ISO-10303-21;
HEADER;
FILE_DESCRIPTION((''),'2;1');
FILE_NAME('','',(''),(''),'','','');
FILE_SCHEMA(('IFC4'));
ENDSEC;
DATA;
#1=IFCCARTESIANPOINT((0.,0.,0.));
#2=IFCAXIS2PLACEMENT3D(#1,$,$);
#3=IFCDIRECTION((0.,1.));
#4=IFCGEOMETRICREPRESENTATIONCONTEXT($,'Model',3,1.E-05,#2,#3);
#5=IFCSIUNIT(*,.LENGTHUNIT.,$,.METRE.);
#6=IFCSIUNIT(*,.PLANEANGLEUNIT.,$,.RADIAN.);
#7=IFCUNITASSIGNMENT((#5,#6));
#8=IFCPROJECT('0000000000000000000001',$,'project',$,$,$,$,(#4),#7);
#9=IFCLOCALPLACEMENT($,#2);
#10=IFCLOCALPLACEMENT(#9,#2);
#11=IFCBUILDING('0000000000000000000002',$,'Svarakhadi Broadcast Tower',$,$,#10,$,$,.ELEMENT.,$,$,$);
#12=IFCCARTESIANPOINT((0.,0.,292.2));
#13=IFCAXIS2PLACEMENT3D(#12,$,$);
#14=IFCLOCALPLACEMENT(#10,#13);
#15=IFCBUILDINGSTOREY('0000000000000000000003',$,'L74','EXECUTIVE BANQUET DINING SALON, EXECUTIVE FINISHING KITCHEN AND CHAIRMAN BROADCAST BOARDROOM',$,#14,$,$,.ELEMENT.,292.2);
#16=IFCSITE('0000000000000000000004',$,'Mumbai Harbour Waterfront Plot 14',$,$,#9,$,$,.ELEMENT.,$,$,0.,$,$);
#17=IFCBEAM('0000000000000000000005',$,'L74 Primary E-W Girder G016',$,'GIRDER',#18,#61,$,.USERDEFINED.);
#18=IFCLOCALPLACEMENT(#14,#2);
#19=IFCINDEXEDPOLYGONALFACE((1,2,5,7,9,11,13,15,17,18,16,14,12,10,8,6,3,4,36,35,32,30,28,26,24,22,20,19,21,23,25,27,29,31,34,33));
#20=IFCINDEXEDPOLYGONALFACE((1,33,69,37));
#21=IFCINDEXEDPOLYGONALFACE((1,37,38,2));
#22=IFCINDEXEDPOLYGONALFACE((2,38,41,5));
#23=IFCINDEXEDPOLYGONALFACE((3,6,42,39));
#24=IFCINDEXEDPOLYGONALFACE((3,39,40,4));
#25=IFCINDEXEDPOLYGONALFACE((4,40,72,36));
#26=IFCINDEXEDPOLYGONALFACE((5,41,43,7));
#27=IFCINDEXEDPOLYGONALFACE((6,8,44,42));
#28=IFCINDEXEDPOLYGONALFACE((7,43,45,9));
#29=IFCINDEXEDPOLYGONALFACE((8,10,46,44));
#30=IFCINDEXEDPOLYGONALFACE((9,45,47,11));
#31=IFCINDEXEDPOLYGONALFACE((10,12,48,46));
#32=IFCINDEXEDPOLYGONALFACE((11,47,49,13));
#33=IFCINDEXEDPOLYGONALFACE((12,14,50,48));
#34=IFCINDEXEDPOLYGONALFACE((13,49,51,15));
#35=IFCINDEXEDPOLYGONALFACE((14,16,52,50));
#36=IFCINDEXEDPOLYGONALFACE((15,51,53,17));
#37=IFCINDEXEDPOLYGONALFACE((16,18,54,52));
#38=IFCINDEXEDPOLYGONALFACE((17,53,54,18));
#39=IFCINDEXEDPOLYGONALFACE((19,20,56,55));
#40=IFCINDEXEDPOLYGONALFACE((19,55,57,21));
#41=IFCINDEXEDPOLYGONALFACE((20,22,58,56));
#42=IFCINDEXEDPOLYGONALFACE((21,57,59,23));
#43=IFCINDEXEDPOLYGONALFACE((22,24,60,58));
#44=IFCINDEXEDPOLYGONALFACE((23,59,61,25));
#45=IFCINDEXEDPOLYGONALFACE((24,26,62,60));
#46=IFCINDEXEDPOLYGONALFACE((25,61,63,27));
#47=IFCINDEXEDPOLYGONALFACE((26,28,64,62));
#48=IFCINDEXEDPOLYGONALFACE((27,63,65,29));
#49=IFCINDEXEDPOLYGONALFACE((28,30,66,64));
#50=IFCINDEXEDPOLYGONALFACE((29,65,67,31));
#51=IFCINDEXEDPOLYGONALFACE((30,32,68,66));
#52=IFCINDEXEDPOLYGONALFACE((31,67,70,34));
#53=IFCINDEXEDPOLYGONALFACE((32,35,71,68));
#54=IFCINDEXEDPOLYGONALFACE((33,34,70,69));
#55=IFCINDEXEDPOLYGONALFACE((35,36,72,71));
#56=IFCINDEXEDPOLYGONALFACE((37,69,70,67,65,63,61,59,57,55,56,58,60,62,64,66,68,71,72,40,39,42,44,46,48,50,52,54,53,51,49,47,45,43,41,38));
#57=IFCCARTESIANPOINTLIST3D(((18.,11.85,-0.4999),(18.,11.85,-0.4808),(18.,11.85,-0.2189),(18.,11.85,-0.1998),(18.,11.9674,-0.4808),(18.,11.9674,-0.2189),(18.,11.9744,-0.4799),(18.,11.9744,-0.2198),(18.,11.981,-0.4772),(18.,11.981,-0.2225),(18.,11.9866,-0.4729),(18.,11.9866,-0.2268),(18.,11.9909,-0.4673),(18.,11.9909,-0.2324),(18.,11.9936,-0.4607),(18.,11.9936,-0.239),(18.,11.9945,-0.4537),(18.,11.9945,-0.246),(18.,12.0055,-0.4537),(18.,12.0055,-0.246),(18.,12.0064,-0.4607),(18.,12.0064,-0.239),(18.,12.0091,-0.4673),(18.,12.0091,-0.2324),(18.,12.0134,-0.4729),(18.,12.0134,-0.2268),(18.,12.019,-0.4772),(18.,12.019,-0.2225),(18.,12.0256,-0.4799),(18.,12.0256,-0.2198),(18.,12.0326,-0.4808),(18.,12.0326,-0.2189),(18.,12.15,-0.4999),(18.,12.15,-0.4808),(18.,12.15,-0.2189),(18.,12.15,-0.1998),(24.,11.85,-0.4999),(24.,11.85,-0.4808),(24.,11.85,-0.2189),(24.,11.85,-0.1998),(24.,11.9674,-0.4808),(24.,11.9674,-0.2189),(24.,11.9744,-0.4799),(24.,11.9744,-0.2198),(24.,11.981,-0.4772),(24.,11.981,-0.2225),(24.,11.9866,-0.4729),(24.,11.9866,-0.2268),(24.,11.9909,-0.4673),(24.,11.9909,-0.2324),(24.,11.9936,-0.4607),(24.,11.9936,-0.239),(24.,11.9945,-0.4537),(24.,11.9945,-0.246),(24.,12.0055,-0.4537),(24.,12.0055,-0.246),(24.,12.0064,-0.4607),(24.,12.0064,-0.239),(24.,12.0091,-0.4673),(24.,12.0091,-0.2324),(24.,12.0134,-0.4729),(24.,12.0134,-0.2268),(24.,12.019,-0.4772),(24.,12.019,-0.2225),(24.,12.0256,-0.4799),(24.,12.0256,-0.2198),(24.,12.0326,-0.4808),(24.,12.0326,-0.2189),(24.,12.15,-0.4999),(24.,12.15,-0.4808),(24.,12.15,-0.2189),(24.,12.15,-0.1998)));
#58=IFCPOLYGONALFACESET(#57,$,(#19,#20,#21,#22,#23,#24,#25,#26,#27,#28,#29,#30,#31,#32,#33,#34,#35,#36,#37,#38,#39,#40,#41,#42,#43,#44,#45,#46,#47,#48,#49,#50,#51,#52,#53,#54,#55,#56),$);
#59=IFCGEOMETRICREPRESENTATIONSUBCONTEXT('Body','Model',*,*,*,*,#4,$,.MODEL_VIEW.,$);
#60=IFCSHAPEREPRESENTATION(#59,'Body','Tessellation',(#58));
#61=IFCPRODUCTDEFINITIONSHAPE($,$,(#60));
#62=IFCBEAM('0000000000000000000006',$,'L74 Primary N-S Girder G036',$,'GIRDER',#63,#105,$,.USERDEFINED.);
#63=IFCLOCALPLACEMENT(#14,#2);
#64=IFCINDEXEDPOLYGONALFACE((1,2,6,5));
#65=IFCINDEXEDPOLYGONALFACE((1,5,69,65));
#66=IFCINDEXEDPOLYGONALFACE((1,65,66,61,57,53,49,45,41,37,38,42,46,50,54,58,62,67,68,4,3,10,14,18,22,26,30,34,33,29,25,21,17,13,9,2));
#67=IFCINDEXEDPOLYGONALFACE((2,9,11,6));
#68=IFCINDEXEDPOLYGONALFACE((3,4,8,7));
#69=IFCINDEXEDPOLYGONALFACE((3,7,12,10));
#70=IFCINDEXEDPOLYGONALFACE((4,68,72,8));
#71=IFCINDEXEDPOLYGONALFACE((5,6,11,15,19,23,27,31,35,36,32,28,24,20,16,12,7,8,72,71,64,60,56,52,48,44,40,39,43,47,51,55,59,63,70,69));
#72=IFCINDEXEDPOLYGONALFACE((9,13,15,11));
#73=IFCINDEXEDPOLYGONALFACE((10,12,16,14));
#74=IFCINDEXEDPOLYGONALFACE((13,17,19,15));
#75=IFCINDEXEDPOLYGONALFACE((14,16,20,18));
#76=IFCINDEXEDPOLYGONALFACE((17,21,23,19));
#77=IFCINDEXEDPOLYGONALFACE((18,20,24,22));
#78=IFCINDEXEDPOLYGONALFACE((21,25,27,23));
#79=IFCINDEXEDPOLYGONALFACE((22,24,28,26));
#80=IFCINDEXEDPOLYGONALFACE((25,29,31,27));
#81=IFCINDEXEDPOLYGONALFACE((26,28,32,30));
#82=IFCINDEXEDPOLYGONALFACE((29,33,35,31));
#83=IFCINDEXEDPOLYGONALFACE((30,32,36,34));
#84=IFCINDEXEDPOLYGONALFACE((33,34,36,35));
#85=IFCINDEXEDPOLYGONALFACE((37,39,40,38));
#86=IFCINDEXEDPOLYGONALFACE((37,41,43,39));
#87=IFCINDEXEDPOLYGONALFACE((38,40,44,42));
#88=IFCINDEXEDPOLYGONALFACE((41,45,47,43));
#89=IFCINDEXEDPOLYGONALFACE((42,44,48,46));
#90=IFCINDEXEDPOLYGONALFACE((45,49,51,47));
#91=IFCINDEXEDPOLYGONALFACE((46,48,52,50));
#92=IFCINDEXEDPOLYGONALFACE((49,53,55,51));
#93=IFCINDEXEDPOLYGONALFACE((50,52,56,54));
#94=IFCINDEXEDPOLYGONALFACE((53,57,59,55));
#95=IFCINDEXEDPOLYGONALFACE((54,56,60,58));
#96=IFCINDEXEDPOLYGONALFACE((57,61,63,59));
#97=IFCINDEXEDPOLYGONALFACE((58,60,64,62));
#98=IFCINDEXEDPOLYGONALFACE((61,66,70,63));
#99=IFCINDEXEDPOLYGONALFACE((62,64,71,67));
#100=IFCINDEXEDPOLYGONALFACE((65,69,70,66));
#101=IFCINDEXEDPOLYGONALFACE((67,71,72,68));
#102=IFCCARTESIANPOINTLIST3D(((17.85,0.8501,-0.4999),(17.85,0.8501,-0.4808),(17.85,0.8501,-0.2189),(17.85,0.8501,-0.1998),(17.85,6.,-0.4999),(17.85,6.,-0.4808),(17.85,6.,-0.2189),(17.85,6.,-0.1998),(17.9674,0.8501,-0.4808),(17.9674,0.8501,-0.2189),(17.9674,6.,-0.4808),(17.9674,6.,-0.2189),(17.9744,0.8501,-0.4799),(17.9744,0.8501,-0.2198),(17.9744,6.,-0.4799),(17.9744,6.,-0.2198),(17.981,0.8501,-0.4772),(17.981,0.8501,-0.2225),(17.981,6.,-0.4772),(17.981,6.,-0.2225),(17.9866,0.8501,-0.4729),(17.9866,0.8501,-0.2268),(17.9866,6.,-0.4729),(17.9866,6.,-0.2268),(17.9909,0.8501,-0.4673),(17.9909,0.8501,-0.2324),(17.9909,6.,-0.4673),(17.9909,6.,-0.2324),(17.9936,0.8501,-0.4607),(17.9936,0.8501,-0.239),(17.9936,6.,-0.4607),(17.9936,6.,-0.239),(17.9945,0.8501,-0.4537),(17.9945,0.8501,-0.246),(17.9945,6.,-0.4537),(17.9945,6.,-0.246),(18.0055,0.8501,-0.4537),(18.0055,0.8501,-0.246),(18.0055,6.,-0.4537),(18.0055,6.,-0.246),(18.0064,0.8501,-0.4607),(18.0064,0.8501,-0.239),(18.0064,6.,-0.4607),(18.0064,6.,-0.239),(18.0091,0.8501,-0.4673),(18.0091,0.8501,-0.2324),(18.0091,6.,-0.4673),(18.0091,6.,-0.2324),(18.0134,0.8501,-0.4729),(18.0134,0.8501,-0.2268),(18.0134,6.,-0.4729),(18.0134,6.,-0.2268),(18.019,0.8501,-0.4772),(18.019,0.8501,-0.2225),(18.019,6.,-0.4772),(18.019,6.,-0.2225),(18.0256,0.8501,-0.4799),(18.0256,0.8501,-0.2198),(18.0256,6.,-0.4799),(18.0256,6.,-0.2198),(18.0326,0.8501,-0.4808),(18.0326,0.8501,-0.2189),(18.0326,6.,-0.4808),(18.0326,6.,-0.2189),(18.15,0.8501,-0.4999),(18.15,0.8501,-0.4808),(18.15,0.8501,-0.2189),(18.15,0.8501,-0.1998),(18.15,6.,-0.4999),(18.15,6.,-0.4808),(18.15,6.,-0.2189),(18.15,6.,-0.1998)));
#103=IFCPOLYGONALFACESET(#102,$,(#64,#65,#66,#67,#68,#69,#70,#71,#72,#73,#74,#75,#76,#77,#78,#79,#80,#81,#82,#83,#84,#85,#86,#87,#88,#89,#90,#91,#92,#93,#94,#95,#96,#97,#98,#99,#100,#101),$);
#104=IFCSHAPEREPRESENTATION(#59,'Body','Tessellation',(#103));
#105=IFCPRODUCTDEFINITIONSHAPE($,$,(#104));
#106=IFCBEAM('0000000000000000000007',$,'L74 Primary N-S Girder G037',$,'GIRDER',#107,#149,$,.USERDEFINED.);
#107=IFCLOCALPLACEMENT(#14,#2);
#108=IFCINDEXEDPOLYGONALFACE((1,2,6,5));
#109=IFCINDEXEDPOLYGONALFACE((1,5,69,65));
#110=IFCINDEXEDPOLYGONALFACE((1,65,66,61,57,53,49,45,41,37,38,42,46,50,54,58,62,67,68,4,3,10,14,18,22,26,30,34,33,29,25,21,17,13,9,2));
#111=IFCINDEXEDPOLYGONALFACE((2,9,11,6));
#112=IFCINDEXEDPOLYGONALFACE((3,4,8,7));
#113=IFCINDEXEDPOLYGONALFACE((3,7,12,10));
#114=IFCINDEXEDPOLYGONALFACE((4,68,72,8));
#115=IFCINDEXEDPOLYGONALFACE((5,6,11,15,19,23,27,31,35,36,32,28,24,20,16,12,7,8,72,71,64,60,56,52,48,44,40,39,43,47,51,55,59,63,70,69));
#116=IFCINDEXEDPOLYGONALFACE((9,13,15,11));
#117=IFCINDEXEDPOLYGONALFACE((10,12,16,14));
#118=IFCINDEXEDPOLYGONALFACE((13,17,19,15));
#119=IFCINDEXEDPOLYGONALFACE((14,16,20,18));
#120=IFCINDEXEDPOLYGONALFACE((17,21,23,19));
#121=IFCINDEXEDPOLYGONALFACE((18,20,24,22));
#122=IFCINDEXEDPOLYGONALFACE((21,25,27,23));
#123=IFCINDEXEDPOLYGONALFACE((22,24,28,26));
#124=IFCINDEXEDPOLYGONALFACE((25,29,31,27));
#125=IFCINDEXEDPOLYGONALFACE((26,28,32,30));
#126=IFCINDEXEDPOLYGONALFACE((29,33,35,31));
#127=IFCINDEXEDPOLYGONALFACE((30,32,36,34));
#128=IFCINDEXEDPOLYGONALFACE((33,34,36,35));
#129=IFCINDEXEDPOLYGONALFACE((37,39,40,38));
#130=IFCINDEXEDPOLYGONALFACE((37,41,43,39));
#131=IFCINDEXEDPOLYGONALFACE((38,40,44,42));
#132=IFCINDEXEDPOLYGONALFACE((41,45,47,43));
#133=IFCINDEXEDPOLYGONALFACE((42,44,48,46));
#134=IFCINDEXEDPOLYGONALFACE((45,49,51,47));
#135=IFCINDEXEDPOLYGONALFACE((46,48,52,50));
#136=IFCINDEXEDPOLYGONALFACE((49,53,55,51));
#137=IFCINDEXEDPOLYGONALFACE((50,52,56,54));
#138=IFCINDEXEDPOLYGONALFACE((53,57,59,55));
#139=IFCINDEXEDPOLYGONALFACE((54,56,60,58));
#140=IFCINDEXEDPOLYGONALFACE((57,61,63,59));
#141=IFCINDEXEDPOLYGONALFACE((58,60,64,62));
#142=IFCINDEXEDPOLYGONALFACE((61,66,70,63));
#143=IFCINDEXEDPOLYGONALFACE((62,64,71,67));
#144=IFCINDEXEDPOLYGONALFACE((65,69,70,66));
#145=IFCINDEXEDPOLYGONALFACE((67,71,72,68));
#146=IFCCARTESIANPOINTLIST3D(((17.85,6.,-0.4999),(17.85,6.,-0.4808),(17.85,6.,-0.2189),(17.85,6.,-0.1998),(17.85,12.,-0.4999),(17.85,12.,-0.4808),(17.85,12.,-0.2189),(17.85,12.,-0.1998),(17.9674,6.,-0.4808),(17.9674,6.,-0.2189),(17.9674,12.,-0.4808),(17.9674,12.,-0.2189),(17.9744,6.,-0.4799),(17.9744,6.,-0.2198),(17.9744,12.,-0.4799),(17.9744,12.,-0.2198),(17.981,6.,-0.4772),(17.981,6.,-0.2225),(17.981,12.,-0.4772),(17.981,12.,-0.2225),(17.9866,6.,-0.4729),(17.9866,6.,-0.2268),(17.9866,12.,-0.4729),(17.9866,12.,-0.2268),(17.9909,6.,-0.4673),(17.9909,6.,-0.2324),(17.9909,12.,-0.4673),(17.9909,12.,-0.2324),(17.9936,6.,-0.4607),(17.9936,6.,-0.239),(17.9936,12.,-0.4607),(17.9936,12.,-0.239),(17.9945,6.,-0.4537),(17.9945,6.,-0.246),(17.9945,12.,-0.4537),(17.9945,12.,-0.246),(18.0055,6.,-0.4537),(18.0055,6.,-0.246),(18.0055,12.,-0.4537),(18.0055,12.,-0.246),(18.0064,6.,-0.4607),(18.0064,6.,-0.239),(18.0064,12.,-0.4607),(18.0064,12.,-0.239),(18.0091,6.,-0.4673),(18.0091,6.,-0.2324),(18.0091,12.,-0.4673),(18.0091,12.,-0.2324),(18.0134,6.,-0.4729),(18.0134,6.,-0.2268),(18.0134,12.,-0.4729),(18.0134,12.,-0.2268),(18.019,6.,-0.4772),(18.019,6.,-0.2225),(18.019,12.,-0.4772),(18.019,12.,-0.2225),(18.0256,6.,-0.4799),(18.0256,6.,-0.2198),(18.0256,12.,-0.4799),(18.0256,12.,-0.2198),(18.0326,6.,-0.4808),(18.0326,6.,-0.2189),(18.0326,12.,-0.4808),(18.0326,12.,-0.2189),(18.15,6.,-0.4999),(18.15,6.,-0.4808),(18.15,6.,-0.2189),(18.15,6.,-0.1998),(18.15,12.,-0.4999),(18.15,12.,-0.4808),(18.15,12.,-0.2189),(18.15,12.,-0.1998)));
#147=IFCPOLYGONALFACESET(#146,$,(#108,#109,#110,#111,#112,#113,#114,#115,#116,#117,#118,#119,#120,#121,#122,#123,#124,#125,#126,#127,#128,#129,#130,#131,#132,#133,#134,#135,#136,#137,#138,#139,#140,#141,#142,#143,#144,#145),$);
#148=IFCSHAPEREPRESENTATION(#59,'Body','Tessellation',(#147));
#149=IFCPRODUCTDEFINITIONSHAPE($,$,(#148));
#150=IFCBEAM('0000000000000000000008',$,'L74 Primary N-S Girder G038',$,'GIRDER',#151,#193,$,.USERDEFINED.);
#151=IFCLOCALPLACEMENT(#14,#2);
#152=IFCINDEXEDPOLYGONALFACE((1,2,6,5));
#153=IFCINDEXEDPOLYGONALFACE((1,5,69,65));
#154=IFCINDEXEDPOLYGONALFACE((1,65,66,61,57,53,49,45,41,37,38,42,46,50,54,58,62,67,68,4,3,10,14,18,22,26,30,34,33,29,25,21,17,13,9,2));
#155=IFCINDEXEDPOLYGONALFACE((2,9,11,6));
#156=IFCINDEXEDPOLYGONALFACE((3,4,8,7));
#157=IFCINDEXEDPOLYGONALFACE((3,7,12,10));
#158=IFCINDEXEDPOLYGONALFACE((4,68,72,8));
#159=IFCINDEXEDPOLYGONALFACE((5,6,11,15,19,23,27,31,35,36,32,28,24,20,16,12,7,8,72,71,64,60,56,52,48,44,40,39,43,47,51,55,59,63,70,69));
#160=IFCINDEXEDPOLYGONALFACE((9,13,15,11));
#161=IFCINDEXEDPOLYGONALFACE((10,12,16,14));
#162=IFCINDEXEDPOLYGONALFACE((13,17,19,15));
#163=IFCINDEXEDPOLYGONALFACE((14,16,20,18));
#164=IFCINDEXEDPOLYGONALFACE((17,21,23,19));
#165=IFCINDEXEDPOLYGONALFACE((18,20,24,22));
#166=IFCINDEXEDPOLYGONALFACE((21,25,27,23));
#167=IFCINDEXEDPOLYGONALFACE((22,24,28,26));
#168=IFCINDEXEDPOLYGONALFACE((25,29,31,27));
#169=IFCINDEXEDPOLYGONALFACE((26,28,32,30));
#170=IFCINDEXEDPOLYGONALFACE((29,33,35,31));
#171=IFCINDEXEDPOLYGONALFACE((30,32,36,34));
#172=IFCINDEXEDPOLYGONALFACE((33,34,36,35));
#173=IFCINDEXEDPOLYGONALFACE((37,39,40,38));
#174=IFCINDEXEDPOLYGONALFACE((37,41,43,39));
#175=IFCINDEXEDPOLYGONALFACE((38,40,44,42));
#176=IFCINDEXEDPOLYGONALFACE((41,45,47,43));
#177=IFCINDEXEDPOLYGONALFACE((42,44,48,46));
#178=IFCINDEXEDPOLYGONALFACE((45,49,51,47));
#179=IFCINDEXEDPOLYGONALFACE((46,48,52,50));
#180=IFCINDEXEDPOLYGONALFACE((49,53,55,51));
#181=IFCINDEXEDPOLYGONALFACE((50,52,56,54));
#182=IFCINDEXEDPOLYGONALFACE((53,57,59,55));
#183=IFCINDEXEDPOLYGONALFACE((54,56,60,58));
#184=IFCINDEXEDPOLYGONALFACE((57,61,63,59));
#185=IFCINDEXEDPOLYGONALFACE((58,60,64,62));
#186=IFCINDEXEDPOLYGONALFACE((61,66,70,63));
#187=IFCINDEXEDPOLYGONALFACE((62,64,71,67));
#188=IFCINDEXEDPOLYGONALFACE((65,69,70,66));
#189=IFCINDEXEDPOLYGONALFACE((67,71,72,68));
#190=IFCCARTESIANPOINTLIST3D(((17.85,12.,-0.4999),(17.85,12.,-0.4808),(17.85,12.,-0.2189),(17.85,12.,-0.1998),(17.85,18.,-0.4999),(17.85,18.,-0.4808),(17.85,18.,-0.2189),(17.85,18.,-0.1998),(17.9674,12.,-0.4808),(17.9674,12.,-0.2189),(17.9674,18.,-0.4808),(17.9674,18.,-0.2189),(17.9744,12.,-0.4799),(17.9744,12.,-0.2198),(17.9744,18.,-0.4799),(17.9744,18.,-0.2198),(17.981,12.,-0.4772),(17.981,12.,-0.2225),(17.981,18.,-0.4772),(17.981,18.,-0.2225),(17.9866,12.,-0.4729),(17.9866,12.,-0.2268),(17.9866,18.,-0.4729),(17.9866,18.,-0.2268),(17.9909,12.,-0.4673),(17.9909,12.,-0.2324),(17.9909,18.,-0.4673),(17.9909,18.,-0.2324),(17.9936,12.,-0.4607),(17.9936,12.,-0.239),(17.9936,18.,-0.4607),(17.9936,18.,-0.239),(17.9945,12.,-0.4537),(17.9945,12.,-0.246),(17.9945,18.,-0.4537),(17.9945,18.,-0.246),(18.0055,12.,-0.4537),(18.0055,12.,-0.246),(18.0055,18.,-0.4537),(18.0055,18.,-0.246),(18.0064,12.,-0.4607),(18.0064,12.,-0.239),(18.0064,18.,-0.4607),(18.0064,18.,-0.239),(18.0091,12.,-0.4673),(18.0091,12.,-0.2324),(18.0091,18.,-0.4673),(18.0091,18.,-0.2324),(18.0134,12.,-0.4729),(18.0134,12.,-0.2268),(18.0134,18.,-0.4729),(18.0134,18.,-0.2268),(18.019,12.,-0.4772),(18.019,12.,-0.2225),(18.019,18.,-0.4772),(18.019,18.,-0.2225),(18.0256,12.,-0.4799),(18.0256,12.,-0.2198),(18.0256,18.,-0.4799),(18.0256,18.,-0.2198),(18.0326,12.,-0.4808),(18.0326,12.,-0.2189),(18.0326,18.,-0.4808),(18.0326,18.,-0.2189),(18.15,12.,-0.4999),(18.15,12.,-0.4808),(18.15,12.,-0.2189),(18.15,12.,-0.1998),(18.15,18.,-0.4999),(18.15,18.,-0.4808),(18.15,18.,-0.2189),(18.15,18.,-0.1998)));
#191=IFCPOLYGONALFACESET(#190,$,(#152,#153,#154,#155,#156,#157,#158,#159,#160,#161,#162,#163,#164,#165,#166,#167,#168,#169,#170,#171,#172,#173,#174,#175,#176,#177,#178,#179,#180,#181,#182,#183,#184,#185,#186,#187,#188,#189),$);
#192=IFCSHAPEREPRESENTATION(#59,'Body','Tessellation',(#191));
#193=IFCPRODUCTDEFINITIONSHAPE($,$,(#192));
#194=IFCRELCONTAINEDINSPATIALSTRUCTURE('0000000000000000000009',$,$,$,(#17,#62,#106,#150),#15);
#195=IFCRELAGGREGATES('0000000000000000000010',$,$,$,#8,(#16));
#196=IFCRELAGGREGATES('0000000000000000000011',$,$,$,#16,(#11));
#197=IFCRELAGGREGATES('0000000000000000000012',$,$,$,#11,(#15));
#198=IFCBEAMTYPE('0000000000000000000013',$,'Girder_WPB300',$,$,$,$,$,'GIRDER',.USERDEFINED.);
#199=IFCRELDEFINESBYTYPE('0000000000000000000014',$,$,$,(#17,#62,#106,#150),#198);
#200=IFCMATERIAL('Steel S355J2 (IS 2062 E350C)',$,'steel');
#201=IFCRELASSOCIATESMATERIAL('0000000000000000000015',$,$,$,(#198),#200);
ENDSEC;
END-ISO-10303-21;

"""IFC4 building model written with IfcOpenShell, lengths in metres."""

from ifc_helpers import new_model, si_unit, direction, frame, origin, origin_2d, place, context, subcontext, project, spatial, i_section, extrude, material, material_profile, profile_set, type_object, element, save


model = new_model("IFC4")

# Units and contexts
model_context = context("Model", 3, precision=1e-05, world=origin(), true_north=direction((0.0, 1.0)))
body_context = subcontext(model_context, "Body", "Model", "MODEL_VIEW")
ifc_project = project(units=[si_unit("LENGTHUNIT", "METRE"), si_unit("PLANEANGLEUNIT", "RADIAN")], contexts=[model_context])

# Site, building, storey
site_placement = place(None, origin())
site = spatial("IfcSite", under=ifc_project, at=site_placement, Name="Mumbai Harbour Waterfront Plot 14", CompositionType="ELEMENT", RefElevation=0.0)
building_placement = place(site_placement, origin())
building = spatial("IfcBuilding", under=site, at=building_placement, Name="Svarakhadi Broadcast Tower", CompositionType="ELEMENT")
storey_placement = place(building_placement, frame((0.0, 0.0, 292.2)))
storey = spatial("IfcBuildingStorey", under=building, at=storey_placement, Name="L74", Description="EXECUTIVE BANQUET DINING SALON, EXECUTIVE FINISHING KITCHEN AND CHAIRMAN BROADCAST BOARDROOM", CompositionType="ELEMENT", Elevation=292.2)

# Shared definitions
ifc_material_1 = material(Name="Steel S355J2 (IS 2062 E350C)", Category="steel")

# Beams
ifc_material_profile_1 = material_profile(ifc_material_1, i_section(OverallWidth=0.3, OverallDepth=0.3, WebThickness=0.011, FlangeThickness=0.019, FilletRadius=0.0271, at=origin_2d()), Name="WPB 300x300x117")
ifc_profile_set_1 = profile_set([ifc_material_profile_1], Name="Steel S355J2 (IS 2062 E350C)")
beam_type_1 = type_object("IfcBeamType", Name="Girder_WPB300", ElementType="GIRDER", PredefinedType="USERDEFINED", material=ifc_profile_set_1)
for number, where, z_axis, x_axis, name in (
    (1, (18.0, 12.0, -0.3499), (1.0, 0.0, 0.0), (0.0, 1.0, 0.0), "L74 Primary E-W Girder G016"),
):
    element("IfcBeam", number, at=place(storey_placement, frame(where, z_axis=z_axis, x_axis=x_axis)), inside=storey, type_object=beam_type_1, Name=name, ObjectType="GIRDER", PredefinedType="USERDEFINED", context=body_context, shape_type="SweptSolid", body=[
        extrude(i_section(OverallWidth=0.3, OverallDepth=0.3, WebThickness=0.011, FlangeThickness=0.019, FilletRadius=0.0271, at=origin_2d()), origin(), (0.0, 0.0, 1.0), 6.0),
    ])
beam_placement = place(storey_placement, frame((18.0, 0.8501, -0.3499), z_axis=(0.0, 1.0, 0.0), x_axis=(-1.0, 0.0, 0.0)))
element("IfcBeam", 2, at=beam_placement, inside=storey, type_object=beam_type_1, Name="L74 Primary N-S Girder G036", ObjectType="GIRDER", PredefinedType="USERDEFINED", context=body_context, shape_type="SweptSolid", body=[
    extrude(i_section(OverallWidth=0.3, OverallDepth=0.3, WebThickness=0.011, FlangeThickness=0.019, FilletRadius=0.0271, at=origin_2d()), origin(), (0.0, 0.0, 1.0), 5.1499),
])
for number, where, z_axis, x_axis, name in (
    (3, (18.0, 6.0, -0.3499), (0.0, 1.0, 0.0), (-1.0, 0.0, 0.0), "L74 Primary N-S Girder G037"),
    (4, (18.0, 12.0, -0.3499), (0.0, 1.0, 0.0), (-1.0, 0.0, 0.0), "L74 Primary N-S Girder G038"),
):
    element("IfcBeam", number, at=place(storey_placement, frame(where, z_axis=z_axis, x_axis=x_axis)), inside=storey, type_object=beam_type_1, Name=name, ObjectType="GIRDER", PredefinedType="USERDEFINED", context=body_context, shape_type="SweptSolid", body=[
        extrude(i_section(OverallWidth=0.3, OverallDepth=0.3, WebThickness=0.011, FlangeThickness=0.019, FilletRadius=0.0271, at=origin_2d()), origin(), (0.0, 0.0, 1.0), 6.0),
    ])

save(model, "model.ifc")
